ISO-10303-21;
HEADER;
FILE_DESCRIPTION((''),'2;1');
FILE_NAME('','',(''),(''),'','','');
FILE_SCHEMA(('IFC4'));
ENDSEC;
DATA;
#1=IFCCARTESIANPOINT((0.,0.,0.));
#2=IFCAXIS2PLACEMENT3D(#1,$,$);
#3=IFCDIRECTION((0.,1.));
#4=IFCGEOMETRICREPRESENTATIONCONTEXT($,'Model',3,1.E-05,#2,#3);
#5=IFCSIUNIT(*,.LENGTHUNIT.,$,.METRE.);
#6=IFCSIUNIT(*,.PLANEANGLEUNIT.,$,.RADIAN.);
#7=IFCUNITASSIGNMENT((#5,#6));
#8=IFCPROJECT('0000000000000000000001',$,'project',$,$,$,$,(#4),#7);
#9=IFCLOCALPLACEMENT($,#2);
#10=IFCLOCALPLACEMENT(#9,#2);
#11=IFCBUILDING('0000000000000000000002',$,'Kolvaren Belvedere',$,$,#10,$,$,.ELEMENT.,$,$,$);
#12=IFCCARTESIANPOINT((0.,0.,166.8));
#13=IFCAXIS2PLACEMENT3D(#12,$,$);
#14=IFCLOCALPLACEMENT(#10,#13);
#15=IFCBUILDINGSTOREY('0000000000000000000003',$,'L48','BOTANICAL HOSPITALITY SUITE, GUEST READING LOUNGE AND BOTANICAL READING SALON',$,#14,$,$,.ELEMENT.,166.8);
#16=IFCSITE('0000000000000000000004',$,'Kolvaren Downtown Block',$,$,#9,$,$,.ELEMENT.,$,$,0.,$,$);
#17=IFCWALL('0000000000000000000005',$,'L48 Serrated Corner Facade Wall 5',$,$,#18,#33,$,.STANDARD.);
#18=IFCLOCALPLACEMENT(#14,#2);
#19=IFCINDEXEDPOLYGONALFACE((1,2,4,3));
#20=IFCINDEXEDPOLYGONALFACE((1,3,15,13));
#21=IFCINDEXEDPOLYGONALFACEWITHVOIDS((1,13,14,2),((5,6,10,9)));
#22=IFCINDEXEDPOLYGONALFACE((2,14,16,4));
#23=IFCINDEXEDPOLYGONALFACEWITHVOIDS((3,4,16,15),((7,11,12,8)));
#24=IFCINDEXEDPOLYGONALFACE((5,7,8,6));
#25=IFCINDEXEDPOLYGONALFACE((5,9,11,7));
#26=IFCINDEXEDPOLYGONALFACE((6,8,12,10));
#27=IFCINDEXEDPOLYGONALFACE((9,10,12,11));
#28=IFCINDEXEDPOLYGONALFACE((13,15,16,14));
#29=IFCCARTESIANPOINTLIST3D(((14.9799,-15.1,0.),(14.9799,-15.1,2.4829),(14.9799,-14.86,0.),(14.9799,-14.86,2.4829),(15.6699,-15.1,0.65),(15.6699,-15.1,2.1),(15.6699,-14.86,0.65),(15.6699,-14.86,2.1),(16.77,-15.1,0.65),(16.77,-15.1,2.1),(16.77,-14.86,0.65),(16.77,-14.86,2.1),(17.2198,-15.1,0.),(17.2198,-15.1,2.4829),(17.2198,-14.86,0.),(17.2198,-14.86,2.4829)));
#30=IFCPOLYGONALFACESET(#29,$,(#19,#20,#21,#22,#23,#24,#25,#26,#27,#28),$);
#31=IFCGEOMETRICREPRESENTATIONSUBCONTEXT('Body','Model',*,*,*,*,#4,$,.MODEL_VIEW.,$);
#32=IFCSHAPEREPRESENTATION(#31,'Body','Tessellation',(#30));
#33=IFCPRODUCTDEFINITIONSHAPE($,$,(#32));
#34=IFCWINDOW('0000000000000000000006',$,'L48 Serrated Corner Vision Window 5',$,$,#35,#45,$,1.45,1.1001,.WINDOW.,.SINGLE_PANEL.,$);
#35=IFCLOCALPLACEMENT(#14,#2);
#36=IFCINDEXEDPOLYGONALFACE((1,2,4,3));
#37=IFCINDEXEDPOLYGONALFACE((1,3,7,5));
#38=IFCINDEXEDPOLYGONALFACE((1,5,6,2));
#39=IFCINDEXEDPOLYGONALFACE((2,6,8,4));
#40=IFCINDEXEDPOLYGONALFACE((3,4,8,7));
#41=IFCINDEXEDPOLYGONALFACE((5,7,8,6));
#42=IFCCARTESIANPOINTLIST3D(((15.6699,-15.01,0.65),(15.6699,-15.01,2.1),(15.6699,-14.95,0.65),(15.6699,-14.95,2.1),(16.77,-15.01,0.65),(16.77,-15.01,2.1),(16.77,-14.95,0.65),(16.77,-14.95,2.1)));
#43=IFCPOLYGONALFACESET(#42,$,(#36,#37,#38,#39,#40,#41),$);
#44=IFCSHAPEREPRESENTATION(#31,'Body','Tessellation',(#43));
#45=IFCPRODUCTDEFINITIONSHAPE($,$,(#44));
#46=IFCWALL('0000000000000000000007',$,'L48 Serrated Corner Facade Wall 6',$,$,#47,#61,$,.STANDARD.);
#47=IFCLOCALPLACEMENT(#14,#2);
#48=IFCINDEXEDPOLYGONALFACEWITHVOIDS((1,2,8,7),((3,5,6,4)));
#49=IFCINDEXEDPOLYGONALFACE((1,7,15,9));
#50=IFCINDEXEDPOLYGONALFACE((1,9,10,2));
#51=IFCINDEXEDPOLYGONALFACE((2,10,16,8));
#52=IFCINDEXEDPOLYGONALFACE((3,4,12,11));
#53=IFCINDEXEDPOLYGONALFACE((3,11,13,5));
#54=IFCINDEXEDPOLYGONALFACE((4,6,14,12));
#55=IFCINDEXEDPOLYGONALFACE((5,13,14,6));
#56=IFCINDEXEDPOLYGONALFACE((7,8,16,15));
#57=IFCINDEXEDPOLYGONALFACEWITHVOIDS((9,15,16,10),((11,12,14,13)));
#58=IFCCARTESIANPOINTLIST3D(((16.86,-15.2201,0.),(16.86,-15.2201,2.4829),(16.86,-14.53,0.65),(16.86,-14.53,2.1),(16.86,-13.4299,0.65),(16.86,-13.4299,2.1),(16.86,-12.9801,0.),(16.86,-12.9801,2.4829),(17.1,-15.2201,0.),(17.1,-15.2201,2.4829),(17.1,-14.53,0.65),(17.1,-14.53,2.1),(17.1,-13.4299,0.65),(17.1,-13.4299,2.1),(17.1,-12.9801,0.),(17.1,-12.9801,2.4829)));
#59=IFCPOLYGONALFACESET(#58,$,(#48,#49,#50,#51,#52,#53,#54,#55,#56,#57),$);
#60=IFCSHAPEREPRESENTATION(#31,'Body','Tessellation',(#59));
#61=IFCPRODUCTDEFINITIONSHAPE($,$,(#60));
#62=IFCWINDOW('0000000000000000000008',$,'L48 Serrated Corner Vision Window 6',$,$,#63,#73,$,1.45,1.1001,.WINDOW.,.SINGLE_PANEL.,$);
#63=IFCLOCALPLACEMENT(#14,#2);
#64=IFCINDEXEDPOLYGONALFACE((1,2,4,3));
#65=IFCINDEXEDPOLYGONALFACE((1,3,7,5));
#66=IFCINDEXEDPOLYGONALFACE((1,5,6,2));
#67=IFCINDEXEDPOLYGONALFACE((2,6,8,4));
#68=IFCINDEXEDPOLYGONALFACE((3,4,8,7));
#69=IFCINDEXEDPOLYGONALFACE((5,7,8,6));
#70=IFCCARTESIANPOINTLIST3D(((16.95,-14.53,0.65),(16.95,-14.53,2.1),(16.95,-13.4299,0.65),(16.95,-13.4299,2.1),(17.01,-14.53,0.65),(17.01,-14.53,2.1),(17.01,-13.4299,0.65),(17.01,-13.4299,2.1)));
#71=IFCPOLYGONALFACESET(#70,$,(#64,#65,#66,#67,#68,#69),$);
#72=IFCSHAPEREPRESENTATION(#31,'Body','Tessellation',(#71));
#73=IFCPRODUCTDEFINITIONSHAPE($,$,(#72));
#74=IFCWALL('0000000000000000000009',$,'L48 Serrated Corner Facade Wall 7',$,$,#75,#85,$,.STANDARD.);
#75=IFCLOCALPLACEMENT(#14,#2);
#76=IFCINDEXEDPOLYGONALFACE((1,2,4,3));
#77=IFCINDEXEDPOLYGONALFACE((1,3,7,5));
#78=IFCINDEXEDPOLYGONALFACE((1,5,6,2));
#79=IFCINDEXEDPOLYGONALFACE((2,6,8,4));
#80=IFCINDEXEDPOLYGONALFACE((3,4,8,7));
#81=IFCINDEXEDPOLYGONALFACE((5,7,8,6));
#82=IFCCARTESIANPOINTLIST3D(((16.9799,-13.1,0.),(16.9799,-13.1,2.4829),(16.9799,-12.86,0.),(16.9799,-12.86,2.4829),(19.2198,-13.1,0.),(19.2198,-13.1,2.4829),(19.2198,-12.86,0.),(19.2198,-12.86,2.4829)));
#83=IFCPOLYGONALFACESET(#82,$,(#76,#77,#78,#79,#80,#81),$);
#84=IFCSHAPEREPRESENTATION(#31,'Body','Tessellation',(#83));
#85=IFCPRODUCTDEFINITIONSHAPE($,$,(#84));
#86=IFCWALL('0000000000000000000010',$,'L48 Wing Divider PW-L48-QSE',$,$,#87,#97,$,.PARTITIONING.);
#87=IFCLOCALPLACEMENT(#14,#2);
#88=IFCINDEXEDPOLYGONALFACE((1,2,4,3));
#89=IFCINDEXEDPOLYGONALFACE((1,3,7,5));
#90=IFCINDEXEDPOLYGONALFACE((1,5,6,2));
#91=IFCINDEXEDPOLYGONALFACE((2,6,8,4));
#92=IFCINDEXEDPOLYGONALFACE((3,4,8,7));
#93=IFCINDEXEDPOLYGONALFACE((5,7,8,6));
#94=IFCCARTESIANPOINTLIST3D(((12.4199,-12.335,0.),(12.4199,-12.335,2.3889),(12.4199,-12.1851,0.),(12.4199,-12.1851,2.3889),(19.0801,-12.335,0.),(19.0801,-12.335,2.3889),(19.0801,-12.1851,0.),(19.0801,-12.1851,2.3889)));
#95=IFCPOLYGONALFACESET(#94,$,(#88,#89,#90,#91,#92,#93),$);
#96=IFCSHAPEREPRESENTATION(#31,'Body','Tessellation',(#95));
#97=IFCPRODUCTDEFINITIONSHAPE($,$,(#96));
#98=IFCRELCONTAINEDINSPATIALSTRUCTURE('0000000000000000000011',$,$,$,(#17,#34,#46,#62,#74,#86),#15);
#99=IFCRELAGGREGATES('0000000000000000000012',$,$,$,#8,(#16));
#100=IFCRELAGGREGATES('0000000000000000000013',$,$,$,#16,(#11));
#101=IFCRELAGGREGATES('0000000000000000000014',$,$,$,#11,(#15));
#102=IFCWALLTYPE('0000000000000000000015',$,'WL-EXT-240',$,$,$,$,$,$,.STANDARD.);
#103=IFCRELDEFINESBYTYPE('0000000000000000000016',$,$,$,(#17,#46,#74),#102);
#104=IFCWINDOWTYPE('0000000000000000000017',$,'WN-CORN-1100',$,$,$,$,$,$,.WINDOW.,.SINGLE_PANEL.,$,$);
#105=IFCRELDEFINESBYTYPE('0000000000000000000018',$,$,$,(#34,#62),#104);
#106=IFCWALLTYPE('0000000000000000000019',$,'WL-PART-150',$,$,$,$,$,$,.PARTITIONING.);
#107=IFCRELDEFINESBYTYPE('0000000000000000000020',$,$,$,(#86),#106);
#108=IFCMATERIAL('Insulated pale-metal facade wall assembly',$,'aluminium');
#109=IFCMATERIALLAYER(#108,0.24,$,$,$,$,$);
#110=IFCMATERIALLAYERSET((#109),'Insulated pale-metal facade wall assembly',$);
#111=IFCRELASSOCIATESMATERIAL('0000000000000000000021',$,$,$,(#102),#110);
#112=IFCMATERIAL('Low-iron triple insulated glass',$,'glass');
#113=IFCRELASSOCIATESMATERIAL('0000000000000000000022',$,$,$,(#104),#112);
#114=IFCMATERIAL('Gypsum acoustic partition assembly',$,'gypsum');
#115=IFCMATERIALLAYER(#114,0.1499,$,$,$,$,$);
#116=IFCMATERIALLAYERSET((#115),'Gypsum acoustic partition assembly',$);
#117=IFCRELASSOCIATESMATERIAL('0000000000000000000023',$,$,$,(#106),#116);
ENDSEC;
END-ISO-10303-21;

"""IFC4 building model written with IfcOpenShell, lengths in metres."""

from ifc_helpers import new_model, si_unit, direction, frame, frame_2d, origin, place, context, subcontext, project, spatial, rectangle, extrude, material, layer, layer_set, type_object, element, fill, save


model = new_model("IFC4")

# Units and contexts
model_context = context("Model", 3, precision=1e-05, world=origin(), true_north=direction((0.0, 1.0)))
body_context = subcontext(model_context, "Body", "Model", "MODEL_VIEW")
ifc_project = project(units=[si_unit("LENGTHUNIT", "METRE"), si_unit("PLANEANGLEUNIT", "RADIAN")], contexts=[model_context])

# Site, building, storey
site_placement = place(None, origin())
site = spatial("IfcSite", under=ifc_project, at=site_placement, Name="Kolvaren Downtown Block", CompositionType="ELEMENT", RefElevation=0.0)
building_placement = place(site_placement, origin())
building = spatial("IfcBuilding", under=site, at=building_placement, Name="Kolvaren Belvedere", CompositionType="ELEMENT")
storey_placement = place(building_placement, frame((0.0, 0.0, 166.8)))
storey = spatial("IfcBuildingStorey", under=building, at=storey_placement, Name="L48", Description="BOTANICAL HOSPITALITY SUITE, GUEST READING LOUNGE AND BOTANICAL READING SALON", CompositionType="ELEMENT", Elevation=166.8)

# Shared definitions
ifc_material_1 = material(Name="Insulated pale-metal facade wall assembly", Category="aluminium")
ifc_layer_1 = layer(ifc_material_1, 0.24)
ifc_layer_set_1 = layer_set([ifc_layer_1], Name="Insulated pale-metal facade wall assembly")
wall_type_1 = type_object("IfcWallType", Name="WL-EXT-240", PredefinedType="STANDARD", material=ifc_layer_set_1)

# Walls, openings, windows
ifc_material_2 = material(Name="Low-iron triple insulated glass", Category="glass")
window_type = type_object("IfcWindowType", Name="WN-CORN-1100", PartitioningType="SINGLE_PANEL", PredefinedType="WINDOW", material=ifc_material_2)
wall_1_placement = place(storey_placement, frame((17.22, -14.98, 0.0), z_axis=(0.0, 0.0, 1.0), x_axis=(-1.0, 0.0, 0.0)))
wall_1 = element("IfcWall", 1, at=wall_1_placement, inside=storey, type_object=wall_type_1, Name="L48 Serrated Corner Facade Wall 5", PredefinedType="STANDARD", context=body_context, shape_type="SweptSolid", body=[
    extrude(rectangle(XDim=2.24, YDim=0.24, at=frame_2d((1.1201, 0.0))), origin(), (0.0, 0.0, 1.0), 2.4829),
])
opening_1_placement = place(wall_1_placement, frame((0.45, 0.0, 0.6499)))
opening_1 = element("IfcOpeningElement", 2, at=opening_1_placement, cuts=wall_1, PredefinedType="OPENING", context=body_context, shape_type="SweptSolid", body=[
    extrude(rectangle(XDim=1.1001, YDim=1.45, at=frame_2d((0.55, 0.7251))), frame((0.0, 0.1299, 0.0), z_axis=(0.0, -1.0, 0.0), x_axis=(1.0, 0.0, 0.0)), (0.0, 0.0, 1.0), 0.26),
])
window_1_placement = place(opening_1_placement, origin())
window_1 = element("IfcWindow", 3, at=window_1_placement, inside=storey, type_object=window_type, Name="L48 Serrated Corner Vision Window 5", OverallHeight=1.45, OverallWidth=1.1001, PartitioningType="SINGLE_PANEL", PredefinedType="WINDOW", context=body_context, shape_type="SweptSolid", body=[
    extrude(rectangle(XDim=1.1001, YDim=1.45, at=frame_2d((0.55, 0.7251))), frame((0.0, 0.03, 0.0), z_axis=(0.0, -1.0, 0.0), x_axis=(1.0, 0.0, 0.0)), (0.0, 0.0, 1.0), 0.0601),
])
fill(opening_1, window_1)
wall_2_placement = place(storey_placement, frame((16.98, -12.98, 0.0), z_axis=(0.0, 0.0, 1.0), x_axis=(0.0, -1.0, 0.0)))
wall_2 = element("IfcWall", 4, at=wall_2_placement, inside=storey, type_object=wall_type_1, Name="L48 Serrated Corner Facade Wall 6", PredefinedType="STANDARD", context=body_context, shape_type="SweptSolid", body=[
    extrude(rectangle(XDim=2.24, YDim=0.24, at=frame_2d((1.1201, 0.0))), origin(), (0.0, 0.0, 1.0), 2.4829),
])
opening_2_placement = place(wall_2_placement, frame((0.45, 0.0, 0.6499)))
opening_2 = element("IfcOpeningElement", 5, at=opening_2_placement, cuts=wall_2, PredefinedType="OPENING", context=body_context, shape_type="SweptSolid", body=[
    extrude(rectangle(XDim=1.1001, YDim=1.45, at=frame_2d((0.55, 0.7251))), frame((0.0, 0.1299, 0.0), z_axis=(0.0, -1.0, 0.0), x_axis=(1.0, 0.0, 0.0)), (0.0, 0.0, 1.0), 0.26),
])
window_2_placement = place(opening_2_placement, origin())
window_2 = element("IfcWindow", 6, at=window_2_placement, inside=storey, type_object=window_type, Name="L48 Serrated Corner Vision Window 6", OverallHeight=1.45, OverallWidth=1.1001, PartitioningType="SINGLE_PANEL", PredefinedType="WINDOW", context=body_context, shape_type="SweptSolid", body=[
    extrude(rectangle(XDim=1.1001, YDim=1.45, at=frame_2d((0.55, 0.7251))), frame((0.0, 0.03, 0.0), z_axis=(0.0, -1.0, 0.0), x_axis=(1.0, 0.0, 0.0)), (0.0, 0.0, 1.0), 0.0601),
])
fill(opening_2, window_2)

# Walls
wall_3_placement = place(storey_placement, frame((19.22, -12.98, 0.0), z_axis=(0.0, 0.0, 1.0), x_axis=(-1.0, 0.0, 0.0)))
element("IfcWall", 7, at=wall_3_placement, inside=storey, type_object=wall_type_1, Name="L48 Serrated Corner Facade Wall 7", PredefinedType="STANDARD", context=body_context, shape_type="SweptSolid", body=[
    extrude(rectangle(XDim=2.24, YDim=0.24, at=frame_2d((1.1201, 0.0))), origin(), (0.0, 0.0, 1.0), 2.4829),
])
ifc_material_3 = material(Name="Gypsum acoustic partition assembly", Category="gypsum")
ifc_layer_2 = layer(ifc_material_3, 0.1499)
ifc_layer_set_2 = layer_set([ifc_layer_2], Name="Gypsum acoustic partition assembly")
wall_type_2 = type_object("IfcWallType", Name="WL-PART-150", PredefinedType="PARTITIONING", material=ifc_layer_set_2)
wall_4_placement = place(storey_placement, frame((12.4199, -12.26, 0.0), z_axis=(0.0, 0.0, 1.0), x_axis=(1.0, 0.0, 0.0)))
element("IfcWall", 8, at=wall_4_placement, inside=storey, type_object=wall_type_2, Name="L48 Wing Divider PW-L48-QSE", PredefinedType="PARTITIONING", context=body_context, shape_type="SweptSolid", body=[
    extrude(rectangle(XDim=6.6602, YDim=0.1499, at=frame_2d((3.3301, 0.0))), origin(), (0.0, 0.0, 1.0), 2.3889),
])

save(model, "model.ifc")
